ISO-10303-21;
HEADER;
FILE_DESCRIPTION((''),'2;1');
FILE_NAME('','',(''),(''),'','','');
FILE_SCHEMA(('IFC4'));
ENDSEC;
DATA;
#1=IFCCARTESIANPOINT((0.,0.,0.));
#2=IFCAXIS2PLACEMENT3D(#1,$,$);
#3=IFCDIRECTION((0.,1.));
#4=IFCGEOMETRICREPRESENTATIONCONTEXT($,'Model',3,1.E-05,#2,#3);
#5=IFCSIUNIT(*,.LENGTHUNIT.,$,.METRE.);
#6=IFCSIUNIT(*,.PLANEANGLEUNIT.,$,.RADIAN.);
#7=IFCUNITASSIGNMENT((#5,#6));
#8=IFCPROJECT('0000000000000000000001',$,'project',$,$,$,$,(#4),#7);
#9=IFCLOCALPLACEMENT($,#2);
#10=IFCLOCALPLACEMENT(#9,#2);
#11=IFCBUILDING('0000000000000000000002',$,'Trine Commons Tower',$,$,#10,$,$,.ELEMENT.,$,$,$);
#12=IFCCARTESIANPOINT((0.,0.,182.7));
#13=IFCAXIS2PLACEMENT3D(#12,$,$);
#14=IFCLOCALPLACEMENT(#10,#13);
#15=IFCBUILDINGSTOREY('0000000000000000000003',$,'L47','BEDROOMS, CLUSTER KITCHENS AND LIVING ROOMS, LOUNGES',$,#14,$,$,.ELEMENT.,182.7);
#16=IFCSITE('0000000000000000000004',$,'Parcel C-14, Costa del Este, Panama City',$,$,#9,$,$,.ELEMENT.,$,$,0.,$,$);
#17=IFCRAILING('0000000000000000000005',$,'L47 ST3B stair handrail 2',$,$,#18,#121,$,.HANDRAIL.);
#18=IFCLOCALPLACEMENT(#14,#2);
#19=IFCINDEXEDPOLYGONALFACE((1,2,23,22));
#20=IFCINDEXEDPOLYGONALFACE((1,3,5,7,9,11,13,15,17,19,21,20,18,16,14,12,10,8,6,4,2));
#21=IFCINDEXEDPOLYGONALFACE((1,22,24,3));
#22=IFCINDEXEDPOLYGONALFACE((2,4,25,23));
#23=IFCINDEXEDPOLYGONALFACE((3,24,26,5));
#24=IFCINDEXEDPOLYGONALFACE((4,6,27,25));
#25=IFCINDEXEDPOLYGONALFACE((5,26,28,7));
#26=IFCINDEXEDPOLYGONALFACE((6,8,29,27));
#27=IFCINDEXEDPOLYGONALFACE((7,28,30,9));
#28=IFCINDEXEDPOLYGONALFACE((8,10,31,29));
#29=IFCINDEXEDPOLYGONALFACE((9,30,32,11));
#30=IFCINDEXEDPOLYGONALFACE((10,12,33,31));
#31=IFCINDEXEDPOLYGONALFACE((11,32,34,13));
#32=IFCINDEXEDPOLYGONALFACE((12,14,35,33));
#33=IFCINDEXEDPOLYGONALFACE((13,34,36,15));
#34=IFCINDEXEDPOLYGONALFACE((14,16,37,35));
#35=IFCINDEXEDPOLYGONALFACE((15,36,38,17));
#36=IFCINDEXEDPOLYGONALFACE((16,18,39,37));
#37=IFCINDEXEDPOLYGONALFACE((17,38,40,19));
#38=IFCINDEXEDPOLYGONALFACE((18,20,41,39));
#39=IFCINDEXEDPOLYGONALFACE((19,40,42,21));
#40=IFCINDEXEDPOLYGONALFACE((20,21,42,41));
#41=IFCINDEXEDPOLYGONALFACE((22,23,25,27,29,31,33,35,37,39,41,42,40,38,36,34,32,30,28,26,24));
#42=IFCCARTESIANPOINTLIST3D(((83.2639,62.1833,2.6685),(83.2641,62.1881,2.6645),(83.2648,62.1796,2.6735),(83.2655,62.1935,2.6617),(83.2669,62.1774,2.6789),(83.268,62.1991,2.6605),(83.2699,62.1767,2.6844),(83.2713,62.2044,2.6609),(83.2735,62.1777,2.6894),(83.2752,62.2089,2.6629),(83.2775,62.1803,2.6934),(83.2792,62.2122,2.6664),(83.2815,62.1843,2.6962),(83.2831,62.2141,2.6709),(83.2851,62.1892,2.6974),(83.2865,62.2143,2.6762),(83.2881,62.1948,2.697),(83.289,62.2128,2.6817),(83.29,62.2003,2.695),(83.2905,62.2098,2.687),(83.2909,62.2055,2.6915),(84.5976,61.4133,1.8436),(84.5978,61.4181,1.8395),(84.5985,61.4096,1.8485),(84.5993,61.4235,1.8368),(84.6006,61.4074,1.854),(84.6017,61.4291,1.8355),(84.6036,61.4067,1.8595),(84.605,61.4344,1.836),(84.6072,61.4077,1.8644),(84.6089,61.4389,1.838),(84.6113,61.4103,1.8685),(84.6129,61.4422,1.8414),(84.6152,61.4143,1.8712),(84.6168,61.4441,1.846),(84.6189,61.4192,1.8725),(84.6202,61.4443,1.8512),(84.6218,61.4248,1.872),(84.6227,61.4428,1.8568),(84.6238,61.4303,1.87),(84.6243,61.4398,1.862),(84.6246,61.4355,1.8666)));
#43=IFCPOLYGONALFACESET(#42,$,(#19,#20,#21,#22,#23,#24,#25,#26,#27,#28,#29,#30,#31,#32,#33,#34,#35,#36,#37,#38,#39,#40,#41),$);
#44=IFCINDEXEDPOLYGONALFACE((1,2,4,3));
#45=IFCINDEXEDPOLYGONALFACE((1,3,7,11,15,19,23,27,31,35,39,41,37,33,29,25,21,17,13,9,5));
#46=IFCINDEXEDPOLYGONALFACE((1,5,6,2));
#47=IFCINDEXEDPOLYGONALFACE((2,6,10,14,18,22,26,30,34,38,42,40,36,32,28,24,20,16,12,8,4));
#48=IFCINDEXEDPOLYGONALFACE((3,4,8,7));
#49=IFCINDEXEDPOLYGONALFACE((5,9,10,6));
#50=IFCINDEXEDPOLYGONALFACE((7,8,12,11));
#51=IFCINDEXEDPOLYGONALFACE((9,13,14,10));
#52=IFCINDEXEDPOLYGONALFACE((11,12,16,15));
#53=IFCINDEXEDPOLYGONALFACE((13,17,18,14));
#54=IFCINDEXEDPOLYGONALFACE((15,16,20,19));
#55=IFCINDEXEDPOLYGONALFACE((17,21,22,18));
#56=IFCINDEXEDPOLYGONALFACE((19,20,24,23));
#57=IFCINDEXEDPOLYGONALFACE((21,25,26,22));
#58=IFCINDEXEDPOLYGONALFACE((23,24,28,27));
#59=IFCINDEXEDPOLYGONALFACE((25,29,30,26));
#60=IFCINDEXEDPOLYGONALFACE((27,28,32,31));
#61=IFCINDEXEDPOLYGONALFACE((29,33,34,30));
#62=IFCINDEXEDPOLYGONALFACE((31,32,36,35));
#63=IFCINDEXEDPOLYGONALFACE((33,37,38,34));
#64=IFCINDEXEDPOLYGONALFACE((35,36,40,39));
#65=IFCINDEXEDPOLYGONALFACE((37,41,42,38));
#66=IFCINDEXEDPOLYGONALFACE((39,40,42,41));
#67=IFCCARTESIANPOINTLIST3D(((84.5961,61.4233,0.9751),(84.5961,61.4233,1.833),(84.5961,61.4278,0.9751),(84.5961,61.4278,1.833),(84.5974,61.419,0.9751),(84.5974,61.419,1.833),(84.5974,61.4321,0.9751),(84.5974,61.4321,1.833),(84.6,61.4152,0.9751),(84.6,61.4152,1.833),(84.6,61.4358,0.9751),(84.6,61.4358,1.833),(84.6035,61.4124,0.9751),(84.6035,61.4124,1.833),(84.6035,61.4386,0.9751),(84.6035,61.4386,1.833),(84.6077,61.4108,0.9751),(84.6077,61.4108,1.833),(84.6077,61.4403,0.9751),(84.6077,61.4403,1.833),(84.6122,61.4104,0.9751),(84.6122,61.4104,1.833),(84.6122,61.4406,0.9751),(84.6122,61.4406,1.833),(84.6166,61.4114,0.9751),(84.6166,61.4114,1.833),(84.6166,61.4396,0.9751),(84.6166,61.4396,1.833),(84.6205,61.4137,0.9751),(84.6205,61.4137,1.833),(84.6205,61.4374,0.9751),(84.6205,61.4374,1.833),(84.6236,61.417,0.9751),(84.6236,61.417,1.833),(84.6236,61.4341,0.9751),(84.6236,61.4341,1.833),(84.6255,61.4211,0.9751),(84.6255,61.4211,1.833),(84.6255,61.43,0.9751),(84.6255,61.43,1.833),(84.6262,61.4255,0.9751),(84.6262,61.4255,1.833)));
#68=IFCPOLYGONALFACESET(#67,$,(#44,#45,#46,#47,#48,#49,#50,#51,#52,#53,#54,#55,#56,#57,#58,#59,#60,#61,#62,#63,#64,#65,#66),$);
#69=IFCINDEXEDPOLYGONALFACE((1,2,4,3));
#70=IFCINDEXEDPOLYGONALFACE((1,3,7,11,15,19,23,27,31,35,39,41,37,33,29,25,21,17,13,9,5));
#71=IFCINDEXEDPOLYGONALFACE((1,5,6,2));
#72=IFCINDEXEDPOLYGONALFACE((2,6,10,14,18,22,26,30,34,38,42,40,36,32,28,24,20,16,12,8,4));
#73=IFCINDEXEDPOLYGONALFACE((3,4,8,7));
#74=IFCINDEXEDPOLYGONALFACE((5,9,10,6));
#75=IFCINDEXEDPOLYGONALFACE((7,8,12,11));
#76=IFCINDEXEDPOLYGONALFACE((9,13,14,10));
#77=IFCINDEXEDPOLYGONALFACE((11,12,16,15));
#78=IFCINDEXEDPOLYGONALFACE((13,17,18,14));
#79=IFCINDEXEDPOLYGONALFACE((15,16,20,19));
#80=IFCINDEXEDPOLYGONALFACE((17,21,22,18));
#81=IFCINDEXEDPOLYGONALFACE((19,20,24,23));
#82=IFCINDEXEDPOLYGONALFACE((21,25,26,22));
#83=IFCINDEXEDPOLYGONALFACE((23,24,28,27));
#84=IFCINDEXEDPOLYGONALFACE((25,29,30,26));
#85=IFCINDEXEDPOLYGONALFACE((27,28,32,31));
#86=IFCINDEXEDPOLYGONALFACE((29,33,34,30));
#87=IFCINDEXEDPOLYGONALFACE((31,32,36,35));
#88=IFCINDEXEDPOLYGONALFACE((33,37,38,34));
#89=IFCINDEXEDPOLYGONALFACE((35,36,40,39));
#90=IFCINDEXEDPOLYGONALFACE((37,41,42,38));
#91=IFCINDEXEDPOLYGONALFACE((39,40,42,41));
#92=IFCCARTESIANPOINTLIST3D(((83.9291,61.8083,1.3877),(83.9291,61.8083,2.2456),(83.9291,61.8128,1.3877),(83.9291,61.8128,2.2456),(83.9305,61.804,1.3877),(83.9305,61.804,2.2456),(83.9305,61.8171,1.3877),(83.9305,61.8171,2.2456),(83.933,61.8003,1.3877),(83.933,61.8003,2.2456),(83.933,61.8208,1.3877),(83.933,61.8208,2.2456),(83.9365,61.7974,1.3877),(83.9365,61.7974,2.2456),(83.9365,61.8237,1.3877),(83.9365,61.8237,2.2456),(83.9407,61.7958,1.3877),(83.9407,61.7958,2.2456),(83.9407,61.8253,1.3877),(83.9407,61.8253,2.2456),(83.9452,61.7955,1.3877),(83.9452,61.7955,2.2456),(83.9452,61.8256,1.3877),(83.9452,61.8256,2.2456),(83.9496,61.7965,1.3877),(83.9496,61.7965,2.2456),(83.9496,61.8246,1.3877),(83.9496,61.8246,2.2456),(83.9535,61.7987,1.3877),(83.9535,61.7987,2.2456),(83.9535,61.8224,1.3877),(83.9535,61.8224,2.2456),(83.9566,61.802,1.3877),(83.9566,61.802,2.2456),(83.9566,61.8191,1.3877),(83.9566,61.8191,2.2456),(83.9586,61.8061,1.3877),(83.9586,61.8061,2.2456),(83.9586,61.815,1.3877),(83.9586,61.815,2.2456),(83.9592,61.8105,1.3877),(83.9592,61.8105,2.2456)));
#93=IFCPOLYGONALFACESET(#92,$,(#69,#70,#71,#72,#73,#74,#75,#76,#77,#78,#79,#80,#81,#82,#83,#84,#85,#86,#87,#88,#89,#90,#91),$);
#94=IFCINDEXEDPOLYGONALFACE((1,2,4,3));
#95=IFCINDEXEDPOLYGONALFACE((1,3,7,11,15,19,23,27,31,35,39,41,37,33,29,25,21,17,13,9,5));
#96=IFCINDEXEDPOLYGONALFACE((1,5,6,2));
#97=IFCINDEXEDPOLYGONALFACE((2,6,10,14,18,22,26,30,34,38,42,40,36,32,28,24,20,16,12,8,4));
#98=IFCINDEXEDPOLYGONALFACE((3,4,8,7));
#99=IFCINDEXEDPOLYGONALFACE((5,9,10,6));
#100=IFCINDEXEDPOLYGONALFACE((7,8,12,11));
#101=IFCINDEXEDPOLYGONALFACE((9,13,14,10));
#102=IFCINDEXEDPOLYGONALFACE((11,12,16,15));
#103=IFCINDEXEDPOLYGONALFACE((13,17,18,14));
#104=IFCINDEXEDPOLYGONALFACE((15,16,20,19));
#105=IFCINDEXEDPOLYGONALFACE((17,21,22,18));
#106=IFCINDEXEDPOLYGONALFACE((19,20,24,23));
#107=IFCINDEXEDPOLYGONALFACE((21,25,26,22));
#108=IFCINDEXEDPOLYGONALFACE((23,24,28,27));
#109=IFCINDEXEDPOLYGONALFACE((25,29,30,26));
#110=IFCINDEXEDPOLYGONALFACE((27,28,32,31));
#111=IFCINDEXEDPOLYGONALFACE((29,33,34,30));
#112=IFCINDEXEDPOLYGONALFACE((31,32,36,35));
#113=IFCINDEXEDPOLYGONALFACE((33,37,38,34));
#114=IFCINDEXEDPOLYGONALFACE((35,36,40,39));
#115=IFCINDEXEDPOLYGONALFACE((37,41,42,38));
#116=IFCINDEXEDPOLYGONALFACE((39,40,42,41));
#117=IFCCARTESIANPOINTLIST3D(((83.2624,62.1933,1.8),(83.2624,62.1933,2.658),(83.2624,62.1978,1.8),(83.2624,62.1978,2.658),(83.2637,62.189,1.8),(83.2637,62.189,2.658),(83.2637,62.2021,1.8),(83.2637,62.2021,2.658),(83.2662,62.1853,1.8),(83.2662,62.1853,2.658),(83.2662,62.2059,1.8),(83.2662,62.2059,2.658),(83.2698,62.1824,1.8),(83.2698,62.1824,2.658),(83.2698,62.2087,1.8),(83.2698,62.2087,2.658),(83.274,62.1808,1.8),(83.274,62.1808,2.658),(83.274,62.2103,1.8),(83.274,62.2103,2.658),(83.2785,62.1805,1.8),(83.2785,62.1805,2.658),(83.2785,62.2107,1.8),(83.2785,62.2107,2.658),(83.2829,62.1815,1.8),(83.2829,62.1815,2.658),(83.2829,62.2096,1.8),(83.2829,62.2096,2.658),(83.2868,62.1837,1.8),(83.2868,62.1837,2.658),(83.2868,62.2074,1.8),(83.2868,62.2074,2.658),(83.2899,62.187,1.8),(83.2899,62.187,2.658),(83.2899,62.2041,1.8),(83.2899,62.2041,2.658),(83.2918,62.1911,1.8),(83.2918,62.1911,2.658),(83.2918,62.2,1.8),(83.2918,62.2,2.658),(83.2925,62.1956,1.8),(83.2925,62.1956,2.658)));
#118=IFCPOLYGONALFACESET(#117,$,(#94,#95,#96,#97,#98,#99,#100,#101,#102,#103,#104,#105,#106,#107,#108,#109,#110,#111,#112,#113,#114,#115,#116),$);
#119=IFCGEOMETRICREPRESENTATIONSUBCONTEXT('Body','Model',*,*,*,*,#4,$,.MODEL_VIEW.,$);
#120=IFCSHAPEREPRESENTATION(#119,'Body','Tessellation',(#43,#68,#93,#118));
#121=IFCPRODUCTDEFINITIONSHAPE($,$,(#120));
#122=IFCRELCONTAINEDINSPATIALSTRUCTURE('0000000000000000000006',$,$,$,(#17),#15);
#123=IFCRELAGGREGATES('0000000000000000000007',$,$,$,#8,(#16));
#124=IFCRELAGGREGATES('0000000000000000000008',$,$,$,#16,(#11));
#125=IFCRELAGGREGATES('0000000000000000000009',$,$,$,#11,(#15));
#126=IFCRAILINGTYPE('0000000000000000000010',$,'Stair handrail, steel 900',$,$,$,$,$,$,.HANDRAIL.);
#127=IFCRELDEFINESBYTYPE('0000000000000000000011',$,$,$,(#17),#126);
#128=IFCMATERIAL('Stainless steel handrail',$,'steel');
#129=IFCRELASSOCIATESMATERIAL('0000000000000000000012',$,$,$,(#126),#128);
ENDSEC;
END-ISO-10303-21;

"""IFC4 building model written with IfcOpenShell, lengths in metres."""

from ifc_helpers import new_model, si_unit, direction, frame, origin, origin_2d, place, context, subcontext, project, spatial, circle, extrude, material, type_object, element, save


model = new_model("IFC4")

# Units and contexts
model_context = context("Model", 3, precision=1e-05, world=origin(), true_north=direction((0.0, 1.0)))
body_context = subcontext(model_context, "Body", "Model", "MODEL_VIEW")
ifc_project = project(units=[si_unit("LENGTHUNIT", "METRE"), si_unit("PLANEANGLEUNIT", "RADIAN")], contexts=[model_context])

# Site, building, storey
site_placement = place(None, origin())
site = spatial("IfcSite", under=ifc_project, at=site_placement, Name="Parcel C-14, Costa del Este, Panama City", CompositionType="ELEMENT", RefElevation=0.0)
building_placement = place(site_placement, origin())
building = spatial("IfcBuilding", under=site, at=building_placement, Name="Trine Commons Tower", CompositionType="ELEMENT")
storey_placement = place(building_placement, frame((0.0, 0.0, 182.7)))
storey = spatial("IfcBuildingStorey", under=building, at=storey_placement, Name="L47", Description="BEDROOMS, CLUSTER KITCHENS AND LIVING ROOMS, LOUNGES", CompositionType="ELEMENT", Elevation=182.7)

# Railing
ifc_material_1 = material(Name="Stainless steel handrail", Category="steel")
railing_type_1 = type_object("IfcRailingType", Name="Stair handrail, steel 900", PredefinedType="HANDRAIL", material=ifc_material_1)
railing_1_placement = place(storey_placement, frame((84.6111, 61.4255, 0.9751)))
element("IfcRailing", 1, at=railing_1_placement, inside=storey, type_object=railing_type_1, Name="L47 ST3B stair handrail 2", PredefinedType="HANDRAIL", context=body_context, shape_type="SweptSolid", body=[
    extrude(circle(Radius=0.021, at=origin_2d()), frame((0.0, 0.0, 0.8789), z_axis=(-0.763405, 0.440743, 0.472185), x_axis=(-0.499992, -0.86603, 0.0)), (0.0, 0.0, 1.0), 1.7471),
    extrude(circle(Radius=0.0151, at=origin_2d()), origin(), (0.0, 0.0, 1.0), 0.8579),
    extrude(circle(Radius=0.0151, at=origin_2d()), frame((-0.667, 0.385, 0.4126)), (0.0, 0.0, 1.0), 0.8579),
    extrude(circle(Radius=0.0151, at=origin_2d()), frame((-1.3337, 0.77, 0.825)), (0.0, 0.0, 1.0), 0.8579),
])

save(model, "model.ifc")
